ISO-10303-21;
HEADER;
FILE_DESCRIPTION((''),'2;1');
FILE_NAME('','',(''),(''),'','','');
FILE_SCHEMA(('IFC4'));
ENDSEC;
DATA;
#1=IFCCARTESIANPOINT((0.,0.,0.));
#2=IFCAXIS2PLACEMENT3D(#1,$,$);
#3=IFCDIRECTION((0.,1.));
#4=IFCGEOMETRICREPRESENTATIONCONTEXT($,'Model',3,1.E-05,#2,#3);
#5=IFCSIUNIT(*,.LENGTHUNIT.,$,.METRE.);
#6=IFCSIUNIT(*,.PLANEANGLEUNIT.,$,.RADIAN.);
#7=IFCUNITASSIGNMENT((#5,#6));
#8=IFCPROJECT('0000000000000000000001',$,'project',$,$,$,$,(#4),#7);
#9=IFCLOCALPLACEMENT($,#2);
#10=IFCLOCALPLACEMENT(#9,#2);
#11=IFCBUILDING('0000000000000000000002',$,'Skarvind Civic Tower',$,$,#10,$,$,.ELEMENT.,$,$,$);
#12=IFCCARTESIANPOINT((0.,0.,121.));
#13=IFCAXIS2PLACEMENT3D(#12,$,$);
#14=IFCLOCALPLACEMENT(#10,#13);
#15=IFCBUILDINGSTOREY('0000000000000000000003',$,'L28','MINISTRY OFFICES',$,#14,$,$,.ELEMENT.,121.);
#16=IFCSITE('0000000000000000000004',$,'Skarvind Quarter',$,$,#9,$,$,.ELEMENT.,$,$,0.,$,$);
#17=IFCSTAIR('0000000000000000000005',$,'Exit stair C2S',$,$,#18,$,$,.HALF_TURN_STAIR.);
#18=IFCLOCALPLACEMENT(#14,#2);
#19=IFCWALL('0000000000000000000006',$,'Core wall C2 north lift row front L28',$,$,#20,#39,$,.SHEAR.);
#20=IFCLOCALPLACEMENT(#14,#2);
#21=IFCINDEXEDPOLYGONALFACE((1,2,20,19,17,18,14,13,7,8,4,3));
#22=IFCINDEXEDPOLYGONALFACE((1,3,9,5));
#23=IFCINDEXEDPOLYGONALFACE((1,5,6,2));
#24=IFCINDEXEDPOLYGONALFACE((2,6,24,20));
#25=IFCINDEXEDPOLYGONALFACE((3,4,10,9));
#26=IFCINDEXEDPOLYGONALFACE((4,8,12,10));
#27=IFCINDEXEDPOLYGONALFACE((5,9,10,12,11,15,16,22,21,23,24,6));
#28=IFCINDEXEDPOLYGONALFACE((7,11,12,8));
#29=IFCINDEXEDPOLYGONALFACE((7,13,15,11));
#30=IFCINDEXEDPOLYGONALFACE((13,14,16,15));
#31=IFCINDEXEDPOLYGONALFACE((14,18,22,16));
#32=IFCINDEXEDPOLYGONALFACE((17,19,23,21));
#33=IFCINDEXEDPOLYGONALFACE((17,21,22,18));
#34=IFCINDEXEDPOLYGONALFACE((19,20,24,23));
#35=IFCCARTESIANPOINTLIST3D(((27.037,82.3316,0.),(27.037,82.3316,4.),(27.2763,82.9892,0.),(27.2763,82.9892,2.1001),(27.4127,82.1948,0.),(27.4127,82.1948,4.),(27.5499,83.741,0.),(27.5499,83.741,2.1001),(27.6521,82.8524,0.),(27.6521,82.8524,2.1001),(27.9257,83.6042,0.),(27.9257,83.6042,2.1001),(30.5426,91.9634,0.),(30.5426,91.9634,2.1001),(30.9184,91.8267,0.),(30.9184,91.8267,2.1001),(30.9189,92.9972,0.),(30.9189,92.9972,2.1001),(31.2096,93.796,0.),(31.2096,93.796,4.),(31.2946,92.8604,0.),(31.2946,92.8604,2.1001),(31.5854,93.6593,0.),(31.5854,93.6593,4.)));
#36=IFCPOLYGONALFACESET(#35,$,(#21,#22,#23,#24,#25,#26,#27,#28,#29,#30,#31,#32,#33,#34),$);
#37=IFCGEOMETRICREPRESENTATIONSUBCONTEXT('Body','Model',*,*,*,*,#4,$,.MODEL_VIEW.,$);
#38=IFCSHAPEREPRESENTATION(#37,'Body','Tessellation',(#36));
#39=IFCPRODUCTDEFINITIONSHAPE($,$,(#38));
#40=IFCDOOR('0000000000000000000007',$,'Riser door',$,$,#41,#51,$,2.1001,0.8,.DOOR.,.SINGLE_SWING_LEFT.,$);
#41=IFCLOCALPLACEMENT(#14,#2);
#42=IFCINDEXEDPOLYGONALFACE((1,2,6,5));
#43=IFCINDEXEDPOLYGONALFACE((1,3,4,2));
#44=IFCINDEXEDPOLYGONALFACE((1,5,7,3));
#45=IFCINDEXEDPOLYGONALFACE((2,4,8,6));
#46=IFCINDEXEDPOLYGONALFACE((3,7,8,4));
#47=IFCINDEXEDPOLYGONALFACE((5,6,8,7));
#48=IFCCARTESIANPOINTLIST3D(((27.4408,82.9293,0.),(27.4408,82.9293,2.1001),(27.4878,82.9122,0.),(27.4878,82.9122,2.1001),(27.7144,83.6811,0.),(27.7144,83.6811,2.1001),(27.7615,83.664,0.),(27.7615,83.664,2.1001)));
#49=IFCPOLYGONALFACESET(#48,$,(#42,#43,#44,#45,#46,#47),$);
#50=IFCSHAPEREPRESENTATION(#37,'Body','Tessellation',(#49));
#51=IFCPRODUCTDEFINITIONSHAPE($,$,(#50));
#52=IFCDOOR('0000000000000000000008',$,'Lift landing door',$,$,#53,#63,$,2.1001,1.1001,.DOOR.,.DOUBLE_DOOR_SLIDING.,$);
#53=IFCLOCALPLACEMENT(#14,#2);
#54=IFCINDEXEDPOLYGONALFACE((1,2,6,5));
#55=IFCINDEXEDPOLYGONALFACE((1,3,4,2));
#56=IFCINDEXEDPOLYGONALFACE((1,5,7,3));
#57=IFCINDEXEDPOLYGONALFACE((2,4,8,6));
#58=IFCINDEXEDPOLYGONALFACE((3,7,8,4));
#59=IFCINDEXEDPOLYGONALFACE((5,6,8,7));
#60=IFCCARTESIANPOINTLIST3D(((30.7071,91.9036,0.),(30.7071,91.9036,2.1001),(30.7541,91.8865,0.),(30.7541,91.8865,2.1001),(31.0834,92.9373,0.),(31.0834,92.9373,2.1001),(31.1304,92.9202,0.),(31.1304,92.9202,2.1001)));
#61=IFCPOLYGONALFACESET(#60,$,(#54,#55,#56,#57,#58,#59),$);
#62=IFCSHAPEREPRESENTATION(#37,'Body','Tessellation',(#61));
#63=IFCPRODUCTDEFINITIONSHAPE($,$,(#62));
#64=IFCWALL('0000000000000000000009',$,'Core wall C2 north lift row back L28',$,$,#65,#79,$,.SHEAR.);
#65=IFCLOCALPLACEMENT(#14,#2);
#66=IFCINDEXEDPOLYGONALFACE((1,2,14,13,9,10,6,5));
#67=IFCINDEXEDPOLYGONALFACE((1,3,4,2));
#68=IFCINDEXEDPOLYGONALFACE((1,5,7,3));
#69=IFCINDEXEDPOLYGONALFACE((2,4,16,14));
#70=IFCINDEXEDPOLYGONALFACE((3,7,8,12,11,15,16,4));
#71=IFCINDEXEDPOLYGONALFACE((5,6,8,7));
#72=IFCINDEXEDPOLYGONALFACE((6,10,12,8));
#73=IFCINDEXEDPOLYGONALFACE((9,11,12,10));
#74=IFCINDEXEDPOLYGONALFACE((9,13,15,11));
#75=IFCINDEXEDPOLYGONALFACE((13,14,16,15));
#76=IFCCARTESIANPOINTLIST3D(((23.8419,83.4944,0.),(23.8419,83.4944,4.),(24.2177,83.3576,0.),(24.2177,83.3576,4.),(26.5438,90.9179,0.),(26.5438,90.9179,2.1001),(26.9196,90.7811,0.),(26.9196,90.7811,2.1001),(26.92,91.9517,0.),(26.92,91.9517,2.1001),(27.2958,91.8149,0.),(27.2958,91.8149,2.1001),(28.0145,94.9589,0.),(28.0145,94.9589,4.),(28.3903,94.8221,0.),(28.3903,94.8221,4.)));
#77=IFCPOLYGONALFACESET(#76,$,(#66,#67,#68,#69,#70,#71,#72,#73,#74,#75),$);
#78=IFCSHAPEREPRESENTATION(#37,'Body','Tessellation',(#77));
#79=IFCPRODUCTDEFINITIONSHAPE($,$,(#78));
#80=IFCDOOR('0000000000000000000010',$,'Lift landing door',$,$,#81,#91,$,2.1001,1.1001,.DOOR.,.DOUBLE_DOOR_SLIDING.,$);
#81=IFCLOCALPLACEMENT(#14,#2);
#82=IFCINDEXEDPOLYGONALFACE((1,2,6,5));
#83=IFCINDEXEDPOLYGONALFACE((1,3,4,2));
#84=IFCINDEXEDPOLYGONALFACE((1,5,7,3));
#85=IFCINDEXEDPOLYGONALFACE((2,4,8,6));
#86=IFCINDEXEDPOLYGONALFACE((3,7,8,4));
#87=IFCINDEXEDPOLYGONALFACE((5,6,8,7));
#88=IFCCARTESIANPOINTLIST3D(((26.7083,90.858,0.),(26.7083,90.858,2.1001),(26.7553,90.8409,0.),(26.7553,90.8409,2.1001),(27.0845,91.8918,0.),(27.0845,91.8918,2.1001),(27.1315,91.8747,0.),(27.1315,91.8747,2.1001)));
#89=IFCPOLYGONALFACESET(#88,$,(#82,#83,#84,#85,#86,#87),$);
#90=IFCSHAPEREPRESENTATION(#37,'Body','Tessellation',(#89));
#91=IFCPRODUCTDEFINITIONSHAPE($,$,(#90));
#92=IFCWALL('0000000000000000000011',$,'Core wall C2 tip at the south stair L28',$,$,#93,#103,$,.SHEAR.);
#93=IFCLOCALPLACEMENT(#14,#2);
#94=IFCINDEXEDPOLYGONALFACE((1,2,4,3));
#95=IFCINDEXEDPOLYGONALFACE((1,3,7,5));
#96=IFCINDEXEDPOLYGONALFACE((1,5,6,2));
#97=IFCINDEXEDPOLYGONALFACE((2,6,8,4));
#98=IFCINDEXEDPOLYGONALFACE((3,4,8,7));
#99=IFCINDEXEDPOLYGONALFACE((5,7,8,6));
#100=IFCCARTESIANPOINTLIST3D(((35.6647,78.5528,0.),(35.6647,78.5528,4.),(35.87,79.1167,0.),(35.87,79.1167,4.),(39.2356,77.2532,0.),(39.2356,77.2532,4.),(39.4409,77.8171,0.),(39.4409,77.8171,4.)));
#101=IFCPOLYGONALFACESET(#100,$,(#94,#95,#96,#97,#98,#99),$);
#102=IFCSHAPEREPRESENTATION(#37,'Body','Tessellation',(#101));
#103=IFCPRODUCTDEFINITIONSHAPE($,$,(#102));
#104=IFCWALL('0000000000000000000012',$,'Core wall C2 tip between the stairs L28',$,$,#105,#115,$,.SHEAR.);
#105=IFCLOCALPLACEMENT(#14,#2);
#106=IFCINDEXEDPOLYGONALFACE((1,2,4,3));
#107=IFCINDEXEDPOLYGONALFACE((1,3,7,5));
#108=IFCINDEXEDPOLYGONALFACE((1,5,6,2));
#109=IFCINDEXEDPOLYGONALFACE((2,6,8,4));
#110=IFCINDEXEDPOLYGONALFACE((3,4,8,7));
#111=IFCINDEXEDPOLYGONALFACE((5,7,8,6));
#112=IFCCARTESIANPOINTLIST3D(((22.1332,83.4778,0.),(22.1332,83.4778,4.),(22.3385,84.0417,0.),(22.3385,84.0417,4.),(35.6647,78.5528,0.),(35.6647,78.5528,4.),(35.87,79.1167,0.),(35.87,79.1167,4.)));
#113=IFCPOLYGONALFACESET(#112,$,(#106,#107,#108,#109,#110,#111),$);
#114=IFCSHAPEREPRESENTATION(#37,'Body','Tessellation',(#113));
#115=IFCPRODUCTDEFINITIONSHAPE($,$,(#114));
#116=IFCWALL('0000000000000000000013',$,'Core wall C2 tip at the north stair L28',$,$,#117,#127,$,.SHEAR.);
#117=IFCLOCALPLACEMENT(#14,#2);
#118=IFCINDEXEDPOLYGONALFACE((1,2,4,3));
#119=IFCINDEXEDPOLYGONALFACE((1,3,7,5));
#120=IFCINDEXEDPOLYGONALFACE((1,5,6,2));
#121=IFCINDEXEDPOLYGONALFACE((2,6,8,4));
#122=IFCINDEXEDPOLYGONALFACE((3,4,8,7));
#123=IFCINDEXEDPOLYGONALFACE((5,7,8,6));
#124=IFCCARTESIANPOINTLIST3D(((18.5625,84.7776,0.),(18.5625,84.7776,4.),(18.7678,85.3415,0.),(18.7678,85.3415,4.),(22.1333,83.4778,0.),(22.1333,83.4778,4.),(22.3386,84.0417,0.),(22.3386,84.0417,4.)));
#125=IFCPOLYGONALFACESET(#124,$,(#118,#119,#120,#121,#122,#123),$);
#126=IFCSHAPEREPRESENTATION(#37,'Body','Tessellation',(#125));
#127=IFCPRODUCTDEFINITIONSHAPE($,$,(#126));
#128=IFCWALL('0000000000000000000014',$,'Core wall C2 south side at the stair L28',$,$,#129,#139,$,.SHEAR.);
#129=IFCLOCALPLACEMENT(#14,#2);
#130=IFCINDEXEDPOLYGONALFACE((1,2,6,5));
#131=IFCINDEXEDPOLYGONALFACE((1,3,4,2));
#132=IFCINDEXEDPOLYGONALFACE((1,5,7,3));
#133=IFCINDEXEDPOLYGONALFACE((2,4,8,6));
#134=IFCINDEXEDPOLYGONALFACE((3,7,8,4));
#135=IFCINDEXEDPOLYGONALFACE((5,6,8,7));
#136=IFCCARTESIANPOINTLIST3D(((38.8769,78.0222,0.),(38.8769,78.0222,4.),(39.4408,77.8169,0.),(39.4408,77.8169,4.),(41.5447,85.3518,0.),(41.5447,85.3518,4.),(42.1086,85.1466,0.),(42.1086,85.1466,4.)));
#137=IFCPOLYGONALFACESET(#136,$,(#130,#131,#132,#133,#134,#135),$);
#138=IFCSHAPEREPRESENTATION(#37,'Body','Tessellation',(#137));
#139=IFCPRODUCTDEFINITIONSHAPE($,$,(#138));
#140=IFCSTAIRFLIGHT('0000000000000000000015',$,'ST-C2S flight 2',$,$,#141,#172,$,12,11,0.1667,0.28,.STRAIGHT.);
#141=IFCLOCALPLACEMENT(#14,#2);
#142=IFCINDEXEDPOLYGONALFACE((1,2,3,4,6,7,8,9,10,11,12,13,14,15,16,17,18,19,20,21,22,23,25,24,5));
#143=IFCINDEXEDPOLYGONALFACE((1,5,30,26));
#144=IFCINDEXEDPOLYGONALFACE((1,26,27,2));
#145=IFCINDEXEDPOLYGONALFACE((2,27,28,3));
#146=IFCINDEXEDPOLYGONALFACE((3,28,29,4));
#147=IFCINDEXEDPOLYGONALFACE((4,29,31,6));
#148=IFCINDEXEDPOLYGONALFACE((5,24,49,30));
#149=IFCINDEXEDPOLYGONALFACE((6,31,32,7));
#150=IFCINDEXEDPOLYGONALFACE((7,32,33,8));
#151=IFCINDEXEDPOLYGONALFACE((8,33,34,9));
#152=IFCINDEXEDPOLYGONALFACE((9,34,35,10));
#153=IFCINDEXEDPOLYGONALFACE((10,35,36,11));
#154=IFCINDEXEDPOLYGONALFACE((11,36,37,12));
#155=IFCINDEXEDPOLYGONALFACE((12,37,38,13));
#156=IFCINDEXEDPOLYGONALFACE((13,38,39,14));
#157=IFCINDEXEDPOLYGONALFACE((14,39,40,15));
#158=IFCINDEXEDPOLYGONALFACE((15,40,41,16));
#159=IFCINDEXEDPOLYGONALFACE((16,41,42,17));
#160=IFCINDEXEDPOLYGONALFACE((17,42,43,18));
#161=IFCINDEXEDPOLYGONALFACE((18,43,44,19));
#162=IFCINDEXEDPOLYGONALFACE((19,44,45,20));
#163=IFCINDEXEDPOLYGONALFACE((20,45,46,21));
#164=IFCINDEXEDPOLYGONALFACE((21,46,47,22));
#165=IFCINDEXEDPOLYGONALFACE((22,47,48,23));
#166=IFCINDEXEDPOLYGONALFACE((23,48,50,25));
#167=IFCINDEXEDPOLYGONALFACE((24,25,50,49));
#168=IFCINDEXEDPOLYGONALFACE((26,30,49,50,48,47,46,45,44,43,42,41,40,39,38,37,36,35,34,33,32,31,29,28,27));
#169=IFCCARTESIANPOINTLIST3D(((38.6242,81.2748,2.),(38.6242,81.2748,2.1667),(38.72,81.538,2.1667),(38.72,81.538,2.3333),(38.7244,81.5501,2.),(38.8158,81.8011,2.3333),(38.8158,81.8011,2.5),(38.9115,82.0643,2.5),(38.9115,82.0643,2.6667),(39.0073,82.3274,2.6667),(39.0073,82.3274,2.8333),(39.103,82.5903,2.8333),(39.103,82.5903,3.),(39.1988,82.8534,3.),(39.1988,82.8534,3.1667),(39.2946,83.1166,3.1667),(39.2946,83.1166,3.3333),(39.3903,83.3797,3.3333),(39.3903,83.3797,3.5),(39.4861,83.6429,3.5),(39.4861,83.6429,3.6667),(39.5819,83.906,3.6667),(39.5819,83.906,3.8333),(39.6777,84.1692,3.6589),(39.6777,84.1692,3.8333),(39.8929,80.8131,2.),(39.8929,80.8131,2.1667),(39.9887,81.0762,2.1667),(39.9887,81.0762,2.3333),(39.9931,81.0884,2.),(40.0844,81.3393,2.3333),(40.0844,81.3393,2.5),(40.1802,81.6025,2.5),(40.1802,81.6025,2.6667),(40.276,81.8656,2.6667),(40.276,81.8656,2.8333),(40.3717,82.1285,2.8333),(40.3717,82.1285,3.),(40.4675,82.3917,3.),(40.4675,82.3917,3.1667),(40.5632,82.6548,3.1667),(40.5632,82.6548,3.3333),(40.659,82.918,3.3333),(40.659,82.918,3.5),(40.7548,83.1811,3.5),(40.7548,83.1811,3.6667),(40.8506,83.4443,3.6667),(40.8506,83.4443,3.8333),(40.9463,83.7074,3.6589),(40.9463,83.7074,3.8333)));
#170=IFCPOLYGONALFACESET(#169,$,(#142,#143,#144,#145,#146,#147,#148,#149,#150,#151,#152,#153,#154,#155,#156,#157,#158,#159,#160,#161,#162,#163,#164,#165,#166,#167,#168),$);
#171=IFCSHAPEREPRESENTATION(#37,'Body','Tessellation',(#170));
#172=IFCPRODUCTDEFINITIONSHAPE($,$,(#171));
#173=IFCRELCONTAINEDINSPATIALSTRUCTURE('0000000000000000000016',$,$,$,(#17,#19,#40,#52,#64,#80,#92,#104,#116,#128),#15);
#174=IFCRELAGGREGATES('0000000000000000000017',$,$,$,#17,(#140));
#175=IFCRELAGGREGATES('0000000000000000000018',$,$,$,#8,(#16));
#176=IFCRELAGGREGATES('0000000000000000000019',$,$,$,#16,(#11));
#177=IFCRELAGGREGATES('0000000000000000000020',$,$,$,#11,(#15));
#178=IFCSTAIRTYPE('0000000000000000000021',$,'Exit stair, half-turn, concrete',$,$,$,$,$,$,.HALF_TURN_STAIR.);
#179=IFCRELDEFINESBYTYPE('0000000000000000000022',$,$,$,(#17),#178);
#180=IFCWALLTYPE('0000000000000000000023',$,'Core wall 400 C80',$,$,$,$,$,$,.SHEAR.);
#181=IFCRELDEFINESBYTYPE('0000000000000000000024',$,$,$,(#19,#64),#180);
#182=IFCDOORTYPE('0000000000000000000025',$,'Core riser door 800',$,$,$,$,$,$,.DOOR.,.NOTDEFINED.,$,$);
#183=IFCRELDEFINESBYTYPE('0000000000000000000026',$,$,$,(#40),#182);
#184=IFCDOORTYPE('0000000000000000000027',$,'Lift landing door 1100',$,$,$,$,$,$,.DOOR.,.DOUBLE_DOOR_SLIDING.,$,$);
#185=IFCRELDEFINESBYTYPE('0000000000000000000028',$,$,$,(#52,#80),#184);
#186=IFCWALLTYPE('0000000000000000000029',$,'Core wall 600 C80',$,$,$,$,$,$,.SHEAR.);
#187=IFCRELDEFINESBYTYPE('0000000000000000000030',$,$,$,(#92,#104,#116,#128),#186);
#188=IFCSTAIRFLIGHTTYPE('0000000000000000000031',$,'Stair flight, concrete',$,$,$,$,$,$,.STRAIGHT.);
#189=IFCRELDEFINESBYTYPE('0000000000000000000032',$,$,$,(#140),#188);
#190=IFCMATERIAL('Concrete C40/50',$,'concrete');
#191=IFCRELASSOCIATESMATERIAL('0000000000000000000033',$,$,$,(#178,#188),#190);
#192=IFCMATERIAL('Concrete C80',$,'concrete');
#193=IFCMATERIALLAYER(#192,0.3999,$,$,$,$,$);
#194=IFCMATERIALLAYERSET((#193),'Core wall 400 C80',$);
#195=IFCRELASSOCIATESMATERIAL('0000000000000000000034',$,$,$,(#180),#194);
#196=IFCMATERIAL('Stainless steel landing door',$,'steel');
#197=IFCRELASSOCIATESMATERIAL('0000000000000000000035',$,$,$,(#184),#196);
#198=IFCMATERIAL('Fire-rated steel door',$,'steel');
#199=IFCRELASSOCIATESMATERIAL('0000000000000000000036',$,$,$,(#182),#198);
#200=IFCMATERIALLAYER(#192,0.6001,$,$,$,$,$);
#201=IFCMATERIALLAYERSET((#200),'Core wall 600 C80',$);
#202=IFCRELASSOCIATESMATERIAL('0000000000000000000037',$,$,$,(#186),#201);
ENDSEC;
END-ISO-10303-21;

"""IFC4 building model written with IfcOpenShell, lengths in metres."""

from ifc_helpers import new_model, si_unit, direction, frame, frame_2d, origin, place, context, subcontext, project, spatial, polyline, rectangle, outline, extrude, material, layer, layer_set, type_object, element, fill, aggregate, save


model = new_model("IFC4")

# Units and contexts
model_context = context("Model", 3, precision=1e-05, world=origin(), true_north=direction((0.0, 1.0)))
body_context = subcontext(model_context, "Body", "Model", "MODEL_VIEW")
ifc_project = project(units=[si_unit("LENGTHUNIT", "METRE"), si_unit("PLANEANGLEUNIT", "RADIAN")], contexts=[model_context])

# Site, building, storey
site_placement = place(None, origin())
site = spatial("IfcSite", under=ifc_project, at=site_placement, Name="Skarvind Quarter", CompositionType="ELEMENT", RefElevation=0.0)
building_placement = place(site_placement, origin())
building = spatial("IfcBuilding", under=site, at=building_placement, Name="Skarvind Civic Tower", CompositionType="ELEMENT")
storey_placement = place(building_placement, frame((0.0, 0.0, 121.0)))
storey = spatial("IfcBuildingStorey", under=building, at=storey_placement, Name="L28", Description="MINISTRY OFFICES", CompositionType="ELEMENT", Elevation=121.0)

# Shared definitions
ifc_material_1 = material(Name="Concrete C40/50", Category="concrete")

# Stair
stair_type_1 = type_object("IfcStairType", Name="Exit stair, half-turn, concrete", PredefinedType="HALF_TURN_STAIR", material=ifc_material_1)
stair_1_placement = place(storey_placement, origin())
stair_1 = element("IfcStair", 1, at=stair_1_placement, inside=storey, type_object=stair_type_1, Name="Exit stair C2S", PredefinedType="HALF_TURN_STAIR")

# Shared definitions
ifc_material_2 = material(Name="Concrete C80", Category="concrete")
ifc_layer_1 = layer(ifc_material_2, 0.3999)
ifc_layer_set_1 = layer_set([ifc_layer_1], Name="Core wall 400 C80")
wall_type_1 = type_object("IfcWallType", Name="Core wall 400 C80", PredefinedType="SHEAR", material=ifc_layer_set_1)

# Shared definitions
ifc_material_3 = material(Name="Stainless steel landing door", Category="steel")
door_type_1 = type_object("IfcDoorType", Name="Lift landing door 1100", OperationType="DOUBLE_DOOR_SLIDING", PredefinedType="DOOR", material=ifc_material_3)

# Wall, openings, doors
wall_1_placement = place(storey_placement, frame((27.2249, 82.2632, 0.0), z_axis=(0.0, 0.0, 1.0), x_axis=(0.342015, 0.939695, 0.0)))
wall_1 = element("IfcWall", 2, at=wall_1_placement, inside=storey, type_object=wall_type_1, Name="Core wall C2 north lift row front L28", PredefinedType="SHEAR", context=body_context, shape_type="SweptSolid", body=[
    extrude(rectangle(XDim=12.2002, YDim=0.3999, at=frame_2d((6.1001, 0.0))), origin(), (0.0, 0.0, 1.0), 4.0),
])
opening_1_placement = place(wall_1_placement, frame((10.25, 0.0, 0.0)))
opening_1 = element("IfcOpeningElement", 3, at=opening_1_placement, cuts=wall_1, PredefinedType="OPENING", context=body_context, shape_type="SweptSolid", body=[
    extrude(rectangle(XDim=1.1001, YDim=2.1001, at=frame_2d((0.55, 1.05))), frame((0.0, 0.21, 0.0), z_axis=(0.0, -1.0, 0.0), x_axis=(1.0, 0.0, 0.0)), (0.0, 0.0, 1.0), 0.4199),
])
opening_2_placement = place(wall_1_placement, frame((0.7, 0.0, 0.0)))
opening_2 = element("IfcOpeningElement", 4, at=opening_2_placement, cuts=wall_1, PredefinedType="OPENING", context=body_context, shape_type="SweptSolid", body=[
    extrude(rectangle(XDim=0.8, YDim=2.1001, at=frame_2d((0.3999, 1.05))), frame((0.0, 0.21, 0.0), z_axis=(0.0, -1.0, 0.0), x_axis=(1.0, 0.0, 0.0)), (0.0, 0.0, 1.0), 0.4199),
])
ifc_material_4 = material(Name="Fire-rated steel door", Category="steel")
door_type_2 = type_object("IfcDoorType", Name="Core riser door 800", OperationType="NOTDEFINED", PredefinedType="DOOR", material=ifc_material_4)
door_1_placement = place(opening_2_placement, origin())
door_1 = element("IfcDoor", 5, at=door_1_placement, inside=storey, type_object=door_type_2, Name="Riser door", OperationType="SINGLE_SWING_LEFT", OverallHeight=2.1001, OverallWidth=0.8, PredefinedType="DOOR", context=body_context, shape_type="SweptSolid", body=[
    extrude(rectangle(XDim=0.8, YDim=2.1001, at=frame_2d((0.3999, 1.05))), frame((0.0, 0.0249, 0.0), z_axis=(0.0, -1.0, 0.0), x_axis=(1.0, 0.0, 0.0)), (0.0, 0.0, 1.0), 0.05),
])
fill(opening_2, door_1)
door_2_placement = place(opening_1_placement, origin())
door_2 = element("IfcDoor", 6, at=door_2_placement, inside=storey, type_object=door_type_1, Name="Lift landing door", OperationType="DOUBLE_DOOR_SLIDING", OverallHeight=2.1001, OverallWidth=1.1001, PredefinedType="DOOR", context=body_context, shape_type="SweptSolid", body=[
    extrude(rectangle(XDim=1.1001, YDim=2.1001, at=frame_2d((0.55, 1.05))), frame((0.0, 0.0249, 0.0), z_axis=(0.0, -1.0, 0.0), x_axis=(1.0, 0.0, 0.0)), (0.0, 0.0, 1.0), 0.05),
])
fill(opening_1, door_2)

# Wall, opening, door
wall_2_placement = place(storey_placement, frame((24.0298, 83.426, 0.0), z_axis=(0.0, 0.0, 1.0), x_axis=(0.342015, 0.939695, 0.0)))
wall_2 = element("IfcWall", 7, at=wall_2_placement, inside=storey, type_object=wall_type_1, Name="Core wall C2 north lift row back L28", PredefinedType="SHEAR", context=body_context, shape_type="SweptSolid", body=[
    extrude(rectangle(XDim=12.2002, YDim=0.3999, at=frame_2d((6.1001, 0.0))), origin(), (0.0, 0.0, 1.0), 4.0),
])
opening_3_placement = place(wall_2_placement, frame((7.8999, 0.0, 0.0)))
opening_3 = element("IfcOpeningElement", 8, at=opening_3_placement, cuts=wall_2, PredefinedType="OPENING", context=body_context, shape_type="SweptSolid", body=[
    extrude(rectangle(XDim=1.1001, YDim=2.1001, at=frame_2d((0.55, 1.05))), frame((0.0, 0.21, 0.0), z_axis=(0.0, -1.0, 0.0), x_axis=(1.0, 0.0, 0.0)), (0.0, 0.0, 1.0), 0.4199),
])
door_3_placement = place(opening_3_placement, origin())
door_3 = element("IfcDoor", 9, at=door_3_placement, inside=storey, type_object=door_type_1, Name="Lift landing door", OperationType="DOUBLE_DOOR_SLIDING", OverallHeight=2.1001, OverallWidth=1.1001, PredefinedType="DOOR", context=body_context, shape_type="SweptSolid", body=[
    extrude(rectangle(XDim=1.1001, YDim=2.1001, at=frame_2d((0.55, 1.05))), frame((0.0, 0.0249, 0.0), z_axis=(0.0, -1.0, 0.0), x_axis=(1.0, 0.0, 0.0)), (0.0, 0.0, 1.0), 0.05),
])
fill(opening_3, door_3)

# Walls
ifc_layer_2 = layer(ifc_material_2, 0.6001)
ifc_layer_set_2 = layer_set([ifc_layer_2], Name="Core wall 600 C80")
wall_type_2 = type_object("IfcWallType", Name="Core wall 600 C80", PredefinedType="SHEAR", material=ifc_layer_set_2)
wall_3_placement = place(storey_placement, frame((39.3381, 77.5352, 0.0), z_axis=(0.0, 0.0, 1.0), x_axis=(-0.939701, 0.341996, 0.0)))
element("IfcWall", 10, at=wall_3_placement, inside=storey, type_object=wall_type_2, Name="Core wall C2 tip at the south stair L28", PredefinedType="SHEAR", context=body_context, shape_type="SweptSolid", body=[
    extrude(rectangle(XDim=3.8, YDim=0.6001, at=frame_2d((1.8999, 0.0))), origin(), (0.0, 0.0, 1.0), 4.0),
])
wall_4_placement = place(storey_placement, frame((35.7673, 78.8347, 0.0), z_axis=(0.0, 0.0, 1.0), x_axis=(-0.939693, 0.342019, 0.0)))
element("IfcWall", 11, at=wall_4_placement, inside=storey, type_object=wall_type_2, Name="Core wall C2 tip between the stairs L28", PredefinedType="SHEAR", context=body_context, shape_type="SweptSolid", body=[
    extrude(rectangle(XDim=14.3999, YDim=0.6001, at=frame_2d((7.2, 0.0))), origin(), (0.0, 0.0, 1.0), 4.0),
])
wall_5_placement = place(storey_placement, frame((22.2358, 83.7598, 0.0), z_axis=(0.0, 0.0, 1.0), x_axis=(-0.939681, 0.342053, 0.0)))
element("IfcWall", 12, at=wall_5_placement, inside=storey, type_object=wall_type_2, Name="Core wall C2 tip at the north stair L28", PredefinedType="SHEAR", context=body_context, shape_type="SweptSolid", body=[
    extrude(rectangle(XDim=3.8, YDim=0.6001, at=frame_2d((1.8999, 0.0))), origin(), (0.0, 0.0, 1.0), 4.0),
])
wall_6_placement = place(storey_placement, frame((39.1589, 77.9197, 0.0), z_axis=(0.0, 0.0, 1.0), x_axis=(0.342017, 0.939694, 0.0)))
element("IfcWall", 13, at=wall_6_placement, inside=storey, type_object=wall_type_2, Name="Core wall C2 south side at the stair L28", PredefinedType="SHEAR", context=body_context, shape_type="SweptSolid", body=[
    extrude(rectangle(XDim=7.8, YDim=0.6001, at=frame_2d((3.8999, 0.0))), origin(), (0.0, 0.0, 1.0), 4.0),
])

# Stair flight
stair_flight_type = type_object("IfcStairFlightType", Name="Stair flight, concrete", PredefinedType="STRAIGHT", material=ifc_material_1)
stair_flight_placement = place(storey_placement, frame((39.2585, 81.0439, 2.0), z_axis=(0.0, 0.0, 1.0), x_axis=(0.34202, 0.939693, 0.0)))
stair_flight = element("IfcStairFlight", 14, at=stair_flight_placement, type_object=stair_flight_type, Name="ST-C2S flight 2", NumberOfRisers=12, NumberOfTreads=11, PredefinedType="STRAIGHT", RiserHeight=0.1667, TreadLength=0.28, context=body_context, shape_type="SweptSolid", body=[
    extrude(outline(polyline([(0.0, 0.0), (0.0, 0.1667), (0.28, 0.1667), (0.28, 0.3333), (0.5601, 0.3333), (0.5601, 0.5), (0.8401, 0.5), (0.8401, 0.6667), (1.1201, 0.6667), (1.1201, 0.8333), (1.3999, 0.8333), (1.3999, 1.0), (1.6799, 1.0), (1.6799, 1.1667), (1.96, 1.1667), (1.96, 1.3333), (2.24, 1.3333), (2.24, 1.5), (2.52, 1.5), (2.52, 1.6667), (2.8, 1.6667), (2.8, 1.8333), (3.0801, 1.8333), (3.0801, 2.0), (3.0801, 1.6589), (0.293, 0.0), (0.0, 0.0)])), frame((0.0, 0.675, 0.0), z_axis=(0.0, -1.0, 0.0), x_axis=(1.0, 0.0, 0.0)), (0.0, 0.0, 1.0), 1.3501),
])
aggregate(stair_1, [stair_flight])

save(model, "model.ifc")
